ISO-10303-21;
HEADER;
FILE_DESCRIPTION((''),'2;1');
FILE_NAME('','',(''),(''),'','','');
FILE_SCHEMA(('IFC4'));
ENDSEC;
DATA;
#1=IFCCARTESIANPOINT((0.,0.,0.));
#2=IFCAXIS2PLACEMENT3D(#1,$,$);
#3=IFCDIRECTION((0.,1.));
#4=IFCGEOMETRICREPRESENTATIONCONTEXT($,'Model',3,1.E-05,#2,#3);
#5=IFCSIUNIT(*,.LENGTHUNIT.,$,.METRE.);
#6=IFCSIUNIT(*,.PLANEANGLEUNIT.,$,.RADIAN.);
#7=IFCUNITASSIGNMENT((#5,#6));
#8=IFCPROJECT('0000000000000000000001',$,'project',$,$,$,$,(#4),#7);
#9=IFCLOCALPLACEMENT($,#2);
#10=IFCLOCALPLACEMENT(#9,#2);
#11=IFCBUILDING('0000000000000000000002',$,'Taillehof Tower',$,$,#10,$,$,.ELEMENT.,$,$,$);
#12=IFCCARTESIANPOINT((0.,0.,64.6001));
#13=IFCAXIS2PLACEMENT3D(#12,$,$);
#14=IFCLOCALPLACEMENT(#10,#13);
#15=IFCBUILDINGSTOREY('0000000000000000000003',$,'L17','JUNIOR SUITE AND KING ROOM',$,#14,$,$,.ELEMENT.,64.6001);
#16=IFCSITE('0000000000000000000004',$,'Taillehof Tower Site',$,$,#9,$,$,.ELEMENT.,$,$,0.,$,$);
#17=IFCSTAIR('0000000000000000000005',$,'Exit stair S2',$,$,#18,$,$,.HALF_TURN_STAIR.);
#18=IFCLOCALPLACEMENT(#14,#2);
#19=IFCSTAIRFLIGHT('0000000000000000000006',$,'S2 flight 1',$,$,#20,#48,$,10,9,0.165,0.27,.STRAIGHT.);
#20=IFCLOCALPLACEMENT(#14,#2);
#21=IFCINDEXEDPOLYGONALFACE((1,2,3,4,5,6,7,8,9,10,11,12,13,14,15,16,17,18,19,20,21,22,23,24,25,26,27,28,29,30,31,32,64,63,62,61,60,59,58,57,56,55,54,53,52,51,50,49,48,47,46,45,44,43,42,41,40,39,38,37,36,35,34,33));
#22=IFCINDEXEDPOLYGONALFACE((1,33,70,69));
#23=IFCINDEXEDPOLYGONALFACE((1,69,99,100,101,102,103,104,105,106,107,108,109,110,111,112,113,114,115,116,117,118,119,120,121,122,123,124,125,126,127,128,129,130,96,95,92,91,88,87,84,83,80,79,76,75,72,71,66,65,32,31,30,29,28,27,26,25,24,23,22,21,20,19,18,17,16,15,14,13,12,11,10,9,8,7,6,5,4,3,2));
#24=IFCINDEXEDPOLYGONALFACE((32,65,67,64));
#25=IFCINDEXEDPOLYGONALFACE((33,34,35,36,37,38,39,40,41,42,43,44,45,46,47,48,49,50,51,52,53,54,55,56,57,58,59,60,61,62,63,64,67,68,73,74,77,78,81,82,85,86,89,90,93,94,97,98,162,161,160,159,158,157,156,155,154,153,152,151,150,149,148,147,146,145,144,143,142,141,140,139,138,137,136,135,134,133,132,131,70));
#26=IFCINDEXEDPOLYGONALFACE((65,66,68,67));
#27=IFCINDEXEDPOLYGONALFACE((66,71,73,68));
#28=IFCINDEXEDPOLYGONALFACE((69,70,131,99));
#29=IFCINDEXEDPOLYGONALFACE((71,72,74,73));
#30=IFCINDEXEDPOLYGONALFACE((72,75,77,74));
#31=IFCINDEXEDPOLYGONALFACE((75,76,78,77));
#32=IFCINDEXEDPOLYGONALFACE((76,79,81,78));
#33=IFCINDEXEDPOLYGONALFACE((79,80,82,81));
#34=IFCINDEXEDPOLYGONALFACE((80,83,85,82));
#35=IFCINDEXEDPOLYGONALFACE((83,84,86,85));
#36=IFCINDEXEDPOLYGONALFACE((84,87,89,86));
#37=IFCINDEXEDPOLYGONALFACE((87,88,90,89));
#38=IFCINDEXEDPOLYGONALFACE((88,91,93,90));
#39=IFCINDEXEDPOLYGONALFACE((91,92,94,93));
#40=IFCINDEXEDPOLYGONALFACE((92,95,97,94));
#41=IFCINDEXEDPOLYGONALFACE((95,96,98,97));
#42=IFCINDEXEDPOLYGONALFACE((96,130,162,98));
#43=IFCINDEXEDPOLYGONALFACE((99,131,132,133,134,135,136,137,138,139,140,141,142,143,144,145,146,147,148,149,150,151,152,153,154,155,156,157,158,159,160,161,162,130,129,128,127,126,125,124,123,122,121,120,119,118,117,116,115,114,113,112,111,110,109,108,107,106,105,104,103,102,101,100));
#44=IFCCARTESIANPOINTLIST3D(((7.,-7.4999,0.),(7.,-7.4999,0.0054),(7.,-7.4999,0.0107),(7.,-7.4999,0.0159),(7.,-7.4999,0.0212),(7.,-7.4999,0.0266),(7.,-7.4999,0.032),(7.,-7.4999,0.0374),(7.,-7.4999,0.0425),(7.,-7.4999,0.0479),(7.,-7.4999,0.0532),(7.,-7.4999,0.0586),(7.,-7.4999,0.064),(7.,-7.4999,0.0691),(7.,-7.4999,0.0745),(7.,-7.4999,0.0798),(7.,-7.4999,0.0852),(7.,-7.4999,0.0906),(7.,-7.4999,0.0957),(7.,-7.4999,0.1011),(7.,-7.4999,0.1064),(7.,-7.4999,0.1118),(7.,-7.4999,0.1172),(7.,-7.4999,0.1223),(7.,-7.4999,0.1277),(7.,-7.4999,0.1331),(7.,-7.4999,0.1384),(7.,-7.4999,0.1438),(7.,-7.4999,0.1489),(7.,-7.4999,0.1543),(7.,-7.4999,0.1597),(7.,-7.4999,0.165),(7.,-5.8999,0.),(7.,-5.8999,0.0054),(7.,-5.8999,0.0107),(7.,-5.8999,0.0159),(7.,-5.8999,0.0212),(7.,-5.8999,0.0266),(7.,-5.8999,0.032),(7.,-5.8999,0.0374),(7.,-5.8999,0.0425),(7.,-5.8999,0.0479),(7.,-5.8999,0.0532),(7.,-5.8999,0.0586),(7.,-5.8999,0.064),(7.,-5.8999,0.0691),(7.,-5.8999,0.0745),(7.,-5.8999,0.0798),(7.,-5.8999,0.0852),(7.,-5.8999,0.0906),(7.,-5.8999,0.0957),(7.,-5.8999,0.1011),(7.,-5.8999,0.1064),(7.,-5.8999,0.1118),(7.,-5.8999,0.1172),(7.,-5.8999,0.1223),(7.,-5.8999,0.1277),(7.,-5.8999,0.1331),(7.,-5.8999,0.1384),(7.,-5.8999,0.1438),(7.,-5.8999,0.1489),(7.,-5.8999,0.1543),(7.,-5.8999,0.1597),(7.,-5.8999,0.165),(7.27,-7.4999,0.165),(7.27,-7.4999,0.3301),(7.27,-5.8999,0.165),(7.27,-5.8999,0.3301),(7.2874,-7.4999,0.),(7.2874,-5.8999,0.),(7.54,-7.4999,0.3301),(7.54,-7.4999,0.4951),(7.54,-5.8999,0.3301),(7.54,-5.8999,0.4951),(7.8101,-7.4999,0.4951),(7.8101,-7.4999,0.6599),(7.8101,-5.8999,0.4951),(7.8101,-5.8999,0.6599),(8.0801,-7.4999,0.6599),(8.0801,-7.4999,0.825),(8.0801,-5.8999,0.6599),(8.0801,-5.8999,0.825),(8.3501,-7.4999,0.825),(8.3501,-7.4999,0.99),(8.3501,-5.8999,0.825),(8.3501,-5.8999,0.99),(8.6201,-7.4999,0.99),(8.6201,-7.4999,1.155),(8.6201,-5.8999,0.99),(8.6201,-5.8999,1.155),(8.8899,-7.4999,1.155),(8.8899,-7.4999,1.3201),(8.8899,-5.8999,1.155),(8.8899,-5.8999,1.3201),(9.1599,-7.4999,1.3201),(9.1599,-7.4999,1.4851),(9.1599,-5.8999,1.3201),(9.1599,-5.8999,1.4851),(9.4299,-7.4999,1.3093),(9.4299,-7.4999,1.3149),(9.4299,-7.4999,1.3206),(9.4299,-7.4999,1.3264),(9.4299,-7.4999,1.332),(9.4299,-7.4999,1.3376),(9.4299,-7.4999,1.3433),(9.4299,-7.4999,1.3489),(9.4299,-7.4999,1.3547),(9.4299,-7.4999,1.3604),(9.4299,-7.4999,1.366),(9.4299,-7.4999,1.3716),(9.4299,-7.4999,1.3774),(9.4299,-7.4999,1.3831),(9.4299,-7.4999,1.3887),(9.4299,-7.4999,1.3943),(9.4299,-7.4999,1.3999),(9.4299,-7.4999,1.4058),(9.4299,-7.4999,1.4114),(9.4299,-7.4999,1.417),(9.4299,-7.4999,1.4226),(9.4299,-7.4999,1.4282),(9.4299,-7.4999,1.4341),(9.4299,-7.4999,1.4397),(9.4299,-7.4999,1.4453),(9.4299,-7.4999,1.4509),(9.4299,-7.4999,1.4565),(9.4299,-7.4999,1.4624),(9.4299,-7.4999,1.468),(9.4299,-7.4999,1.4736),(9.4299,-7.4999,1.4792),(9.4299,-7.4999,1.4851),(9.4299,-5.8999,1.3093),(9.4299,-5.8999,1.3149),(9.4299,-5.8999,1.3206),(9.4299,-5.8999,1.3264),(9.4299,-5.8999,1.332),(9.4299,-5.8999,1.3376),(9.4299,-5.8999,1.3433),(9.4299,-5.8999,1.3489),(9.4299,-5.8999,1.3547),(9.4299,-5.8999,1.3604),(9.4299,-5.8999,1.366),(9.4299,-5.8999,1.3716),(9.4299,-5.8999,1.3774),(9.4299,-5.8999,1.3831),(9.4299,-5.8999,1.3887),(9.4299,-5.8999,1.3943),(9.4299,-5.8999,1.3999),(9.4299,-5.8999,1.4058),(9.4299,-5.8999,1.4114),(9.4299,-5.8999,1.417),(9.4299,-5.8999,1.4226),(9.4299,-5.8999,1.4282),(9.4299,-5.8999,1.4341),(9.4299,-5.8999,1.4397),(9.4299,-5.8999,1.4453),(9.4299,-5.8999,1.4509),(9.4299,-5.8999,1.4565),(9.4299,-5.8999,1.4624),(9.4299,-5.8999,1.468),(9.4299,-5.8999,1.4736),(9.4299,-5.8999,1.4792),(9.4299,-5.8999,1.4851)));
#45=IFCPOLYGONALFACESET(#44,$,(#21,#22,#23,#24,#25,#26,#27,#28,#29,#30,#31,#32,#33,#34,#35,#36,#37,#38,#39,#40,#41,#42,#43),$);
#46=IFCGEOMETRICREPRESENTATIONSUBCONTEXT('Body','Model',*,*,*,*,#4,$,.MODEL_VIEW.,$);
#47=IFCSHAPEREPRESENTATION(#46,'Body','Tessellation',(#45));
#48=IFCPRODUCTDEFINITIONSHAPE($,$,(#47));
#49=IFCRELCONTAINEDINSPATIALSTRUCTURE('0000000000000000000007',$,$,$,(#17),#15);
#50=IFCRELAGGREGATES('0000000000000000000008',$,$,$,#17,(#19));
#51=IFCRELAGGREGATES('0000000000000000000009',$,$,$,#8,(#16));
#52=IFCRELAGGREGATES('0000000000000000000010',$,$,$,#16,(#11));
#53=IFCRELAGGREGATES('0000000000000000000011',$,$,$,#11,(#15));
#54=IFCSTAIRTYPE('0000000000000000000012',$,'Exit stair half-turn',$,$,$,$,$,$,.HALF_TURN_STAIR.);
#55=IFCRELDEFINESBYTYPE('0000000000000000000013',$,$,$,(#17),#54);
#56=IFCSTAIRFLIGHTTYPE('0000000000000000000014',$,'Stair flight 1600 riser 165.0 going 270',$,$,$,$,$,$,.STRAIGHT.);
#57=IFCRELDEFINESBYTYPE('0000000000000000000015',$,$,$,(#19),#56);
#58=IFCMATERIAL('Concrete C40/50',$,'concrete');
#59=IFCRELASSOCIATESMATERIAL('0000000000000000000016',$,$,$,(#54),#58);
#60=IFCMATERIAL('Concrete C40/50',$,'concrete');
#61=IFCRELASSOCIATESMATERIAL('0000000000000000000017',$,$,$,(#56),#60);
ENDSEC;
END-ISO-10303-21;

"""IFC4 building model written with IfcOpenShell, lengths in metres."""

from ifc_helpers import new_model, si_unit, direction, frame, origin, place, context, subcontext, project, spatial, polyline, outline, extrude, material, type_object, element, aggregate, save


model = new_model("IFC4")

# Units and contexts
model_context = context("Model", 3, precision=1e-05, world=origin(), true_north=direction((0.0, 1.0)))
body_context = subcontext(model_context, "Body", "Model", "MODEL_VIEW")
ifc_project = project(units=[si_unit("LENGTHUNIT", "METRE"), si_unit("PLANEANGLEUNIT", "RADIAN")], contexts=[model_context])

# Site, building, storey
site_placement = place(None, origin())
site = spatial("IfcSite", under=ifc_project, at=site_placement, Name="Taillehof Tower Site", CompositionType="ELEMENT", RefElevation=0.0)
building_placement = place(site_placement, origin())
building = spatial("IfcBuilding", under=site, at=building_placement, Name="Taillehof Tower", CompositionType="ELEMENT")
storey_placement = place(building_placement, frame((0.0, 0.0, 64.6001)))
storey = spatial("IfcBuildingStorey", under=building, at=storey_placement, Name="L17", Description="JUNIOR SUITE AND KING ROOM", CompositionType="ELEMENT", Elevation=64.6001)

# Stair
ifc_material_1 = material(Name="Concrete C40/50", Category="concrete")
stair_type = type_object("IfcStairType", Name="Exit stair half-turn", PredefinedType="HALF_TURN_STAIR", material=ifc_material_1)
stair_1_placement = place(storey_placement, origin())
stair_1 = element("IfcStair", 1, at=stair_1_placement, inside=storey, type_object=stair_type, Name="Exit stair S2", PredefinedType="HALF_TURN_STAIR")

# Stair flight
ifc_material_2 = material(Name="Concrete C40/50", Category="concrete")
stair_flight_type = type_object("IfcStairFlightType", Name="Stair flight 1600 riser 165.0 going 270", PredefinedType="STRAIGHT", material=ifc_material_2)
stair_flight_placement = place(storey_placement, frame((7.0, -6.7, 0.0), z_axis=(0.0, 0.0, 1.0), x_axis=(1.0, 0.0, 0.0)))
stair_flight = element("IfcStairFlight", 2, at=stair_flight_placement, type_object=stair_flight_type, Name="S2 flight 1", NumberOfRisers=10, NumberOfTreads=9, PredefinedType="STRAIGHT", RiserHeight=0.165, TreadLength=0.27, context=body_context, shape_type="SweptSolid", body=[
    extrude(outline(polyline([(0.0, 0.0), (0.0, 0.0054), (0.0, 0.0107), (0.0, 0.0159), (0.0, 0.0212), (0.0, 0.0266), (0.0, 0.032), (0.0, 0.0374), (0.0, 0.0425), (0.0, 0.0479), (0.0, 0.0532), (0.0, 0.0586), (0.0, 0.064), (0.0, 0.0691), (0.0, 0.0745), (0.0, 0.0798), (0.0, 0.0852), (0.0, 0.0906), (0.0, 0.0957), (0.0, 0.1011), (0.0, 0.1064), (0.0, 0.1118), (0.0, 0.1172), (0.0, 0.1223), (0.0, 0.1277), (0.0, 0.1331), (0.0, 0.1384), (0.0, 0.1438), (0.0, 0.1489), (0.0, 0.1543), (0.0, 0.1597), (0.0, 0.165), (0.27, 0.165), (0.27, 0.3301), (0.54, 0.3301), (0.54, 0.4951), (0.8101, 0.4951), (0.8101, 0.6599), (1.0801, 0.6599), (1.0801, 0.825), (1.3501, 0.825), (1.3501, 0.99), (1.6201, 0.99), (1.6201, 1.155), (1.8899, 1.155), (1.8899, 1.3201), (2.1599, 1.3201), (2.1599, 1.4851), (2.4299, 1.4851), (2.4299, 1.4792), (2.4299, 1.4736), (2.4299, 1.468), (2.4299, 1.4624), (2.4299, 1.4565), (2.4299, 1.4509), (2.4299, 1.4453), (2.4299, 1.4397), (2.4299, 1.4341), (2.4299, 1.4282), (2.4299, 1.4226), (2.4299, 1.417), (2.4299, 1.4114), (2.4299, 1.4058), (2.4299, 1.3999), (2.4299, 1.3943), (2.4299, 1.3887), (2.4299, 1.3831), (2.4299, 1.3774), (2.4299, 1.3716), (2.4299, 1.366), (2.4299, 1.3604), (2.4299, 1.3547), (2.4299, 1.3489), (2.4299, 1.3433), (2.4299, 1.3376), (2.4299, 1.332), (2.4299, 1.3264), (2.4299, 1.3206), (2.4299, 1.3149), (2.4299, 1.3093), (0.2874, 0.0), (0.0, 0.0)])), frame((0.0, 0.8, 0.0), z_axis=(0.0, -1.0, 0.0), x_axis=(1.0, 0.0, 0.0)), (0.0, 0.0, 1.0), 1.6),
])
aggregate(stair_1, [stair_flight])

save(model, "model.ifc")
